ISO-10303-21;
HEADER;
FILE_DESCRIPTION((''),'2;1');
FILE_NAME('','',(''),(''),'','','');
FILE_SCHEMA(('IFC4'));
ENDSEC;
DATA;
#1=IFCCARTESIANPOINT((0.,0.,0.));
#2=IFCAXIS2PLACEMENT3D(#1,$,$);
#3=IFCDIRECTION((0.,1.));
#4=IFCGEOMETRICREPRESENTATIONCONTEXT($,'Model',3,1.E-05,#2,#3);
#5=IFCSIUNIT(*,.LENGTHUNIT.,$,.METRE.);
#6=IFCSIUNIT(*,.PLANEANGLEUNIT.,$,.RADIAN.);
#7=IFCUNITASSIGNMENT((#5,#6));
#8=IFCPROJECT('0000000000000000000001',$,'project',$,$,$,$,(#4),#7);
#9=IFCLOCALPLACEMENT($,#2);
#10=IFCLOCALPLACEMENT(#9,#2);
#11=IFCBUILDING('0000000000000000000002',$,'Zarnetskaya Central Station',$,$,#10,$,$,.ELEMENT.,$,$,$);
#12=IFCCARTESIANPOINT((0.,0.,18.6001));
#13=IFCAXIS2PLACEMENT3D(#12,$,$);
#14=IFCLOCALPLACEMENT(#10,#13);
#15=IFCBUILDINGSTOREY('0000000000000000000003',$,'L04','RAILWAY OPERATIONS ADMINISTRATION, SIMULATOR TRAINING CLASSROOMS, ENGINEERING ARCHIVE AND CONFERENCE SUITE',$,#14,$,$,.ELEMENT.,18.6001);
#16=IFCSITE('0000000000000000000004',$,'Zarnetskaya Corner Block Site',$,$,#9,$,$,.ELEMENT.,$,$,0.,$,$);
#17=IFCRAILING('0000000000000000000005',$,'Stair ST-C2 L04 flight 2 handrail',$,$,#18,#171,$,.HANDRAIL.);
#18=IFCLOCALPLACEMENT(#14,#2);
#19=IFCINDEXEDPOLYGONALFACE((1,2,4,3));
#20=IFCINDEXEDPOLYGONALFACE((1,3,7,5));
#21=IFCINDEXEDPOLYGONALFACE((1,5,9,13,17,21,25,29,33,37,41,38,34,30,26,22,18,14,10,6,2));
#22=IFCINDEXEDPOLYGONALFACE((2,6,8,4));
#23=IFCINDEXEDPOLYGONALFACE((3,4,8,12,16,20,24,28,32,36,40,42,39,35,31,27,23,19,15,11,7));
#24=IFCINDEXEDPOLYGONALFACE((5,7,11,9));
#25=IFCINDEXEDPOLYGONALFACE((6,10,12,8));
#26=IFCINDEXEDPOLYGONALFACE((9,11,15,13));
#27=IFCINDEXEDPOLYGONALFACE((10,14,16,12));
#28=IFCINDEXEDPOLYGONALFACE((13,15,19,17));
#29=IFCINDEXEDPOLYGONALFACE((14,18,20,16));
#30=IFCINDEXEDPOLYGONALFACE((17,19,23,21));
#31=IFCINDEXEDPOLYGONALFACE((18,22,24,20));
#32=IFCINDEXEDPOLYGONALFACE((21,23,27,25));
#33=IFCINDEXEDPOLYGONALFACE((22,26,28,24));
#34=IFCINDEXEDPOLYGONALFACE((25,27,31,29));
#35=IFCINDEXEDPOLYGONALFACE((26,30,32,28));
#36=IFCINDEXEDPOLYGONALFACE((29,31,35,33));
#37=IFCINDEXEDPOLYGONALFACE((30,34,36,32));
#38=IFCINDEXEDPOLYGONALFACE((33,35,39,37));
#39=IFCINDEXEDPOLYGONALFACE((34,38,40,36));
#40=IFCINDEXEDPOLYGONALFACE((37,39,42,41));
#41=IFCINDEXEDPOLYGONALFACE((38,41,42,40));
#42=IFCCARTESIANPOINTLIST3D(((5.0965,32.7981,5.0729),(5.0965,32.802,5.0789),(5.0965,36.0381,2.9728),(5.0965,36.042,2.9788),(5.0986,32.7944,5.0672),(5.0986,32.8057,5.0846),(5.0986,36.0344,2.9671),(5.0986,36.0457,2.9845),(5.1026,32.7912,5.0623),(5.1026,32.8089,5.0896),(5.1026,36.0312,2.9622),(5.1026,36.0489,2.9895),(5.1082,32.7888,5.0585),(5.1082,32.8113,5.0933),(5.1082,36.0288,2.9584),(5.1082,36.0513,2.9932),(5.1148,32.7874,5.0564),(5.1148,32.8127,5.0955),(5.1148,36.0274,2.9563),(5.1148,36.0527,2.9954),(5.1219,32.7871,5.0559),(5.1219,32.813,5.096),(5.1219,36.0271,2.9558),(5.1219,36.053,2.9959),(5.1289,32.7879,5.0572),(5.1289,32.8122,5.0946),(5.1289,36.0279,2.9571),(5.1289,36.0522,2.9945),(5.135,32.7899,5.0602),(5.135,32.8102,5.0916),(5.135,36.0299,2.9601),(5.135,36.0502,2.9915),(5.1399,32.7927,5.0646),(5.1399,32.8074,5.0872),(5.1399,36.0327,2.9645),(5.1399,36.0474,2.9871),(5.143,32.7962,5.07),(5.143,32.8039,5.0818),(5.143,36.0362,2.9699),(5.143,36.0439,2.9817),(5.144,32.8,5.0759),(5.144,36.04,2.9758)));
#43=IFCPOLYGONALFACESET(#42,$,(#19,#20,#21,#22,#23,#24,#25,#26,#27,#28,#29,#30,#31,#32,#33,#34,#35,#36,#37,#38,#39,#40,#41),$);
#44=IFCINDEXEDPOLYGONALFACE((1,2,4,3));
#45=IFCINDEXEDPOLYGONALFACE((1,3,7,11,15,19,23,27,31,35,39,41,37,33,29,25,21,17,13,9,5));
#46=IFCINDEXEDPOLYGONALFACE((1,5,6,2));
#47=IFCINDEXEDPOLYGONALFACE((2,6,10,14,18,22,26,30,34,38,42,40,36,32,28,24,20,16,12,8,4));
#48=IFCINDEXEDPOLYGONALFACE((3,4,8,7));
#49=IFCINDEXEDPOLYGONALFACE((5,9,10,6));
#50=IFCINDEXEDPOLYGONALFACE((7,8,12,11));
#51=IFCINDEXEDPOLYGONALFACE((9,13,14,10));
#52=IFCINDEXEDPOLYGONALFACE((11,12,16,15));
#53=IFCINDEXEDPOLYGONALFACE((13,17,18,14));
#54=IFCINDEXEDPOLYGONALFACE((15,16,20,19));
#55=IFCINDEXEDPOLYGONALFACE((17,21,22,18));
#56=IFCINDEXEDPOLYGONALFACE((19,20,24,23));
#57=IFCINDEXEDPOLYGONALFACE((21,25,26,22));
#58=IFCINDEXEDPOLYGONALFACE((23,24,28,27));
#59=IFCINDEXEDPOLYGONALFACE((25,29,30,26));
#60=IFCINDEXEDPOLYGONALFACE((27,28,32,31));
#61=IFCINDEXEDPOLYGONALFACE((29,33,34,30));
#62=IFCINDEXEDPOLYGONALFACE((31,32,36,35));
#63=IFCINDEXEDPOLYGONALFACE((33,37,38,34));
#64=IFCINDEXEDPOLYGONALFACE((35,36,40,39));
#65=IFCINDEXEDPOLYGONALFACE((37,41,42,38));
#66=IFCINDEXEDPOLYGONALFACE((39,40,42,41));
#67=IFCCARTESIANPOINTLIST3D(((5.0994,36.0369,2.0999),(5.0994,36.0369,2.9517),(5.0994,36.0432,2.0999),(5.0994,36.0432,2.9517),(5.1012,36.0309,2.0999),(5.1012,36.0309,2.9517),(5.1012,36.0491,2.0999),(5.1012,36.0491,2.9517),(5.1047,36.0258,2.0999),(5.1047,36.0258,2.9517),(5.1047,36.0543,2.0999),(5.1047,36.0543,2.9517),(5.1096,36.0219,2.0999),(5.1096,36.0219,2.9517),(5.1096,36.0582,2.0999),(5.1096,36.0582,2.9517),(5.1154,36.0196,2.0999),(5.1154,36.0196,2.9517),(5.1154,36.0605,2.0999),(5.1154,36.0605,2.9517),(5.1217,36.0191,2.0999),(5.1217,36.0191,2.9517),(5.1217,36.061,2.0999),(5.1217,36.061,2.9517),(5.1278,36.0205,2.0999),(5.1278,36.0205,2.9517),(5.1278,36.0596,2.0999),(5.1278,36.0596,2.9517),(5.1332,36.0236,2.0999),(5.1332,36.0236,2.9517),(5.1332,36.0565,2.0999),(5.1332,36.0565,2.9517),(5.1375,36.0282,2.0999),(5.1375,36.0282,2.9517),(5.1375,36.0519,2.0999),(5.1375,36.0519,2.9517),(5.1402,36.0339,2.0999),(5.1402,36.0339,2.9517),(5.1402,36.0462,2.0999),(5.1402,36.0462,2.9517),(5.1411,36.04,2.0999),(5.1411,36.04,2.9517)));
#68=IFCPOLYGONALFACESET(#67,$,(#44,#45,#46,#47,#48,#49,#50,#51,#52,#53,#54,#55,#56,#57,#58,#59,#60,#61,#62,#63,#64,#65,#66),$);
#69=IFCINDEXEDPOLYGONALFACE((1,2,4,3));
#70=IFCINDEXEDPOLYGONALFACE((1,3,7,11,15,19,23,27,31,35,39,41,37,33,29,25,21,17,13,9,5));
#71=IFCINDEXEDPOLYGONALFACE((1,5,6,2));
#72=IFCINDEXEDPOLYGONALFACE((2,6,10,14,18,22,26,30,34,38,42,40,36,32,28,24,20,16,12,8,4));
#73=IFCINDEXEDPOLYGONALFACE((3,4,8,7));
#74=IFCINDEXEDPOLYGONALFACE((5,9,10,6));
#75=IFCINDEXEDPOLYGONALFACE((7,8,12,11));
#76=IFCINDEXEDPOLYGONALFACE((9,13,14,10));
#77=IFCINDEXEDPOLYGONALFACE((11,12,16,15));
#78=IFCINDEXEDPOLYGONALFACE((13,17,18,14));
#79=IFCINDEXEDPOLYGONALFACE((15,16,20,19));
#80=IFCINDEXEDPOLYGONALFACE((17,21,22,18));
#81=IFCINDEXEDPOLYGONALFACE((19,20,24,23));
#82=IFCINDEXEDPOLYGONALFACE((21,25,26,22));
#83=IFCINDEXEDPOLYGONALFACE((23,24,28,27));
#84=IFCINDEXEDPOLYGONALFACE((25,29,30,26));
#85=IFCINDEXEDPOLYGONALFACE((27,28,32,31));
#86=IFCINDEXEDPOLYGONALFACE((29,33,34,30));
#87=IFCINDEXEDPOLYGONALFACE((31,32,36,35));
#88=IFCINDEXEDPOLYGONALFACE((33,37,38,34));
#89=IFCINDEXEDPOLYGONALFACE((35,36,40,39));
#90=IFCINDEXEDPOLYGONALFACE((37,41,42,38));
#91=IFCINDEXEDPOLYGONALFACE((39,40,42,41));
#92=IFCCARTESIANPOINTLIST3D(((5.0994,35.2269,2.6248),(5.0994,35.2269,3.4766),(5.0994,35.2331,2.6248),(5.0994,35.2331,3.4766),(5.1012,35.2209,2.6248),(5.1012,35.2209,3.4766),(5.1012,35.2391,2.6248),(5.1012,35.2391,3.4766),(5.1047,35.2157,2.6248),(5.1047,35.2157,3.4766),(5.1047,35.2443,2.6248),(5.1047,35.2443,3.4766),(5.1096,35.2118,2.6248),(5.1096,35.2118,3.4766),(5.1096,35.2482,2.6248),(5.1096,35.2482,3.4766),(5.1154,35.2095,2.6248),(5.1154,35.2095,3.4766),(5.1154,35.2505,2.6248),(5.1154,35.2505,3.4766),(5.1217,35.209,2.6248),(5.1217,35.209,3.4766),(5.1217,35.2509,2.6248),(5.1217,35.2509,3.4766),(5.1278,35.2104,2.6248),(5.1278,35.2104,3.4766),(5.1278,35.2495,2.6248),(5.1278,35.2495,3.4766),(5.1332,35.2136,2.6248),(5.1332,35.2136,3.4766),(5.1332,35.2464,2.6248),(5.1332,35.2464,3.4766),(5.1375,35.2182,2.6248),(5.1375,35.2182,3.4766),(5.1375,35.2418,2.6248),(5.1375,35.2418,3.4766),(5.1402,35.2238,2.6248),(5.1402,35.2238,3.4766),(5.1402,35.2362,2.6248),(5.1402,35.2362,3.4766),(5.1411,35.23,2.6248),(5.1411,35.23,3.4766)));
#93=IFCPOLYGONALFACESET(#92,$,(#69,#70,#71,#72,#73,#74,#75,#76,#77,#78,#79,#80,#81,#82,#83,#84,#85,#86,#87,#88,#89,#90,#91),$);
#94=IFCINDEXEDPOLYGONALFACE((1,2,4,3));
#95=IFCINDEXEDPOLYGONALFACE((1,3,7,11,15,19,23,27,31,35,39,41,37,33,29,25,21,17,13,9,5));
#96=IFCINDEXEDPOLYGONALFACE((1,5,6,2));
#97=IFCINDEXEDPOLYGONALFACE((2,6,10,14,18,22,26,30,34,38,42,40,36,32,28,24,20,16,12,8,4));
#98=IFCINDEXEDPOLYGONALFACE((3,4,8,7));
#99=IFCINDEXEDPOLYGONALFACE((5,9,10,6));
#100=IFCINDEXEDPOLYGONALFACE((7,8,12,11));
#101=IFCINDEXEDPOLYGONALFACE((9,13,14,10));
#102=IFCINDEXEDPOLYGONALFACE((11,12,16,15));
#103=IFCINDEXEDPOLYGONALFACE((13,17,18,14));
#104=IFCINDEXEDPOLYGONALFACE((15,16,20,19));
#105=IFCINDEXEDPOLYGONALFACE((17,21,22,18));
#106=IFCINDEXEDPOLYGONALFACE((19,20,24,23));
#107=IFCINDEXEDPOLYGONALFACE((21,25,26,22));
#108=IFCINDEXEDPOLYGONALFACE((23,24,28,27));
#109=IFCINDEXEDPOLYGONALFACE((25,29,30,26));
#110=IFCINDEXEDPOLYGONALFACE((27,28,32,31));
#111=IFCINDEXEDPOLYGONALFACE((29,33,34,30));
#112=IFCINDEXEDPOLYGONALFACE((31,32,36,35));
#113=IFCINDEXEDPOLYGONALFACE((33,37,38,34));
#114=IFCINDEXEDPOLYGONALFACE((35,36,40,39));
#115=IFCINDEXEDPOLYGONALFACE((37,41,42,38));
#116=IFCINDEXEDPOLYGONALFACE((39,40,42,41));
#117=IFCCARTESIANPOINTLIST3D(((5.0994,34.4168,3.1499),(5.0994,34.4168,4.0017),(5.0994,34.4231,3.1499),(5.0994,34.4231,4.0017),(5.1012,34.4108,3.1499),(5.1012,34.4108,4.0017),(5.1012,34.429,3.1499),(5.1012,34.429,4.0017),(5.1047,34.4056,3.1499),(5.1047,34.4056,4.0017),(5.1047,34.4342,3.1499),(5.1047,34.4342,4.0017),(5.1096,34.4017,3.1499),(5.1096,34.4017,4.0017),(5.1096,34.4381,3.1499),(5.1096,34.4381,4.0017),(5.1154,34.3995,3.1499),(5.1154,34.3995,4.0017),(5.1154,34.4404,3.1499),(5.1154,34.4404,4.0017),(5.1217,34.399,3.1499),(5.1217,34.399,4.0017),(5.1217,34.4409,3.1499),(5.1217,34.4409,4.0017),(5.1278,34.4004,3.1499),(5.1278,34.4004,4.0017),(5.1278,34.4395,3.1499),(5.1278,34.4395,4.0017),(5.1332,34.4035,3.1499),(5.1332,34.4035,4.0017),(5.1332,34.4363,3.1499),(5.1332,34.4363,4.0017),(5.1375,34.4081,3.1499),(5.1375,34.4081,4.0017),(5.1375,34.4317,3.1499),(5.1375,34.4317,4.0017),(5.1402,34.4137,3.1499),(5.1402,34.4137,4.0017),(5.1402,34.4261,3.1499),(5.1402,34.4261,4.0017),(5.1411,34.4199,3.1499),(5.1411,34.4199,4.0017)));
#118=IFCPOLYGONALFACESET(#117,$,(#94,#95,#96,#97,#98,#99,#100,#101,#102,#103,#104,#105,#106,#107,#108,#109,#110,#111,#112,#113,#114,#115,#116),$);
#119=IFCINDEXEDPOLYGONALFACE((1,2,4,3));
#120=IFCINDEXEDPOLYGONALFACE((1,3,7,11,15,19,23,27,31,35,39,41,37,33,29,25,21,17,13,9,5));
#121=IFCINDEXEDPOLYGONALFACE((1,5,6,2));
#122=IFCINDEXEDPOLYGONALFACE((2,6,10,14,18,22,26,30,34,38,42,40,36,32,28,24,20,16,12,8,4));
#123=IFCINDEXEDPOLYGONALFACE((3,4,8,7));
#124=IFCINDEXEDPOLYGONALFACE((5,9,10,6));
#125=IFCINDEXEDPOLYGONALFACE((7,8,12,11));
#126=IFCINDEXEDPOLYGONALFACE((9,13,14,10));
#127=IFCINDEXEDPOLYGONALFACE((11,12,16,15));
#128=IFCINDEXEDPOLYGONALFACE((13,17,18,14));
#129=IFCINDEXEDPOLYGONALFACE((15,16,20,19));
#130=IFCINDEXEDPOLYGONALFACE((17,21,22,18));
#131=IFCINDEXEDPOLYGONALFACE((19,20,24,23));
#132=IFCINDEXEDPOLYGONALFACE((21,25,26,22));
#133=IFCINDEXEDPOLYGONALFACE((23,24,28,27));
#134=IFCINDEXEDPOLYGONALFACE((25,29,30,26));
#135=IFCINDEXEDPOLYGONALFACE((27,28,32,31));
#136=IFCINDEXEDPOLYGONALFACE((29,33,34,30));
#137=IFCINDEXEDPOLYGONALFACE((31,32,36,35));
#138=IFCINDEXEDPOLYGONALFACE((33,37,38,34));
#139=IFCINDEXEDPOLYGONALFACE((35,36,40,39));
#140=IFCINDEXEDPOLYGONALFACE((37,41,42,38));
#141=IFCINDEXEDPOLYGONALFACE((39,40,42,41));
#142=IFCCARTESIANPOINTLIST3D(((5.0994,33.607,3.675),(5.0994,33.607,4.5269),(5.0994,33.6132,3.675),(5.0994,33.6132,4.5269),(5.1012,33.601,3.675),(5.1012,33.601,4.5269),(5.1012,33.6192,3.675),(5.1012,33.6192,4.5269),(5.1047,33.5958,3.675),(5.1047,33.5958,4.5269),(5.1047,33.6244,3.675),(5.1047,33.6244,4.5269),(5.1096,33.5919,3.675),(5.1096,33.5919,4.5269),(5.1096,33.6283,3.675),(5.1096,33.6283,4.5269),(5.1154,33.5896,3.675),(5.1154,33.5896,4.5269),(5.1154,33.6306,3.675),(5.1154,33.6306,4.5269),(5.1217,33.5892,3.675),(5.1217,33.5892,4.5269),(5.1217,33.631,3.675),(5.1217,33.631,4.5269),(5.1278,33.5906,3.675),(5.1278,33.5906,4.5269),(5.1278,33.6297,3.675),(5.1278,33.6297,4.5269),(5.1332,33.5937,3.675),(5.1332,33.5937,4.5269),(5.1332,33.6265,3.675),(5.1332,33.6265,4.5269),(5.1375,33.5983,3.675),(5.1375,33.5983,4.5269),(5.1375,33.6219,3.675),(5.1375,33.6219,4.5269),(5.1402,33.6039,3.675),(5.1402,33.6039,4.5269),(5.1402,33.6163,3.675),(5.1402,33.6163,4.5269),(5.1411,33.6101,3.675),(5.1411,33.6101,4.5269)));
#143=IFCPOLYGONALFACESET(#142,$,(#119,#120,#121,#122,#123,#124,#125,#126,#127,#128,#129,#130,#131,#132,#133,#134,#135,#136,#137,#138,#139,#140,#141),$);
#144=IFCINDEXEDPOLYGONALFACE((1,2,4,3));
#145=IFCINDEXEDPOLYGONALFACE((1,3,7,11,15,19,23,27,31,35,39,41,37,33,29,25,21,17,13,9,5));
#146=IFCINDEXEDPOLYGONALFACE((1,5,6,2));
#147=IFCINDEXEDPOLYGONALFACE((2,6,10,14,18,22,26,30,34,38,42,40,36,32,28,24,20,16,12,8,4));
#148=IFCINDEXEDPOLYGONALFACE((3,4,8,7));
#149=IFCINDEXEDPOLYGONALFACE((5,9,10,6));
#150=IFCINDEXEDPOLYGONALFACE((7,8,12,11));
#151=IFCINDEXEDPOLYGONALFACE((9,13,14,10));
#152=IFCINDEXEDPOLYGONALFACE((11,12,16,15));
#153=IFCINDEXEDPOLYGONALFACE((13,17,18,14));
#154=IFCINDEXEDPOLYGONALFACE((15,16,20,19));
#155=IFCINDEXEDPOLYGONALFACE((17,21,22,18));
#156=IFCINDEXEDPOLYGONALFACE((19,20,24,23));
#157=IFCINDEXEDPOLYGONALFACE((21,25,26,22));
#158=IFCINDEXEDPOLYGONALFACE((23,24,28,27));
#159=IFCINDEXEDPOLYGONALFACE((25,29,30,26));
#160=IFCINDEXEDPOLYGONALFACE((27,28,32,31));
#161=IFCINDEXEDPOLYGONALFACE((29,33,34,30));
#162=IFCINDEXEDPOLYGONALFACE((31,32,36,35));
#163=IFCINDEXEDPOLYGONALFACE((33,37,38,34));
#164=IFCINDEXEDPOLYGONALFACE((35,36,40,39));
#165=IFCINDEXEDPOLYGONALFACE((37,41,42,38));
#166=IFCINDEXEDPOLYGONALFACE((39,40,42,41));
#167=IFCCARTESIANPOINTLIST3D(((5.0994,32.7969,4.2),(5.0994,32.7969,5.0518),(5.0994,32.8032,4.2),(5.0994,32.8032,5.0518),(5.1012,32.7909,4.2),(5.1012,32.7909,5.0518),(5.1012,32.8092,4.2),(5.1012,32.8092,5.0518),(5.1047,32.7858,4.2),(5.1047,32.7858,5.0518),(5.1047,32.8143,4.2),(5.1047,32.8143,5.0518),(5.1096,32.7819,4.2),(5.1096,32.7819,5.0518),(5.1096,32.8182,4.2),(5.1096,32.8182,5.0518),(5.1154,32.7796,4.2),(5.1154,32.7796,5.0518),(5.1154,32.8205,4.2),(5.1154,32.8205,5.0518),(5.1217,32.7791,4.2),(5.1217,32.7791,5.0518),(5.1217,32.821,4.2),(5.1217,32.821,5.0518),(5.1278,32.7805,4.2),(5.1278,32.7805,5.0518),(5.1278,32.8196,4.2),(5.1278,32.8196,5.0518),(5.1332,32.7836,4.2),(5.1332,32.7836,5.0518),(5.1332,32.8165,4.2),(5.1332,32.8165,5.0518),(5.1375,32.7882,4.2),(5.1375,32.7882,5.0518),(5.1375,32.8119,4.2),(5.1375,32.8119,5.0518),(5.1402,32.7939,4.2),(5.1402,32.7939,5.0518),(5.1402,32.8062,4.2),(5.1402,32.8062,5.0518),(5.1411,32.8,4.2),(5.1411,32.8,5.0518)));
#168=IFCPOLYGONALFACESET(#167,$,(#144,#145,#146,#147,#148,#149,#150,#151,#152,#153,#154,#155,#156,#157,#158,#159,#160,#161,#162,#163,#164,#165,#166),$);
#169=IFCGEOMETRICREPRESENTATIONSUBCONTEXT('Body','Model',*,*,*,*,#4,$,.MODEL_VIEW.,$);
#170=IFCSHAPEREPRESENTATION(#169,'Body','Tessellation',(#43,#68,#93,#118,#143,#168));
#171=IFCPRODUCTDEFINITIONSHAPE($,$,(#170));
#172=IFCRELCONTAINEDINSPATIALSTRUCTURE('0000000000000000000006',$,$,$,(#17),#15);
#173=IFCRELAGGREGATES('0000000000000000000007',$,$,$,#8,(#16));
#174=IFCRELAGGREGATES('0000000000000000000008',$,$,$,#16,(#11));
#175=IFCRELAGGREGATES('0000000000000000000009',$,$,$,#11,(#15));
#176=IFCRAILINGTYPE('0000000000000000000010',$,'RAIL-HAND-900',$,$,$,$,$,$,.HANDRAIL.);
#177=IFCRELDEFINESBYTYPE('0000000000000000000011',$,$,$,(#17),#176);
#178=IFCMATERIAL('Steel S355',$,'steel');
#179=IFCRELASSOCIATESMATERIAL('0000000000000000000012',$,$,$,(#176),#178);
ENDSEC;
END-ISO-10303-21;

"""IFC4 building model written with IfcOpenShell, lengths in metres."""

from ifc_helpers import new_model, si_unit, direction, frame, origin, origin_2d, place, context, subcontext, project, spatial, circle, extrude, material, type_object, element, save


model = new_model("IFC4")

# Units and contexts
model_context = context("Model", 3, precision=1e-05, world=origin(), true_north=direction((0.0, 1.0)))
body_context = subcontext(model_context, "Body", "Model", "MODEL_VIEW")
ifc_project = project(units=[si_unit("LENGTHUNIT", "METRE"), si_unit("PLANEANGLEUNIT", "RADIAN")], contexts=[model_context])

# Site, building, storey
site_placement = place(None, origin())
site = spatial("IfcSite", under=ifc_project, at=site_placement, Name="Zarnetskaya Corner Block Site", CompositionType="ELEMENT", RefElevation=0.0)
building_placement = place(site_placement, origin())
building = spatial("IfcBuilding", under=site, at=building_placement, Name="Zarnetskaya Central Station", CompositionType="ELEMENT")
storey_placement = place(building_placement, frame((0.0, 0.0, 18.6001)))
storey = spatial("IfcBuildingStorey", under=building, at=storey_placement, Name="L04", Description="RAILWAY OPERATIONS ADMINISTRATION, SIMULATOR TRAINING CLASSROOMS, ENGINEERING ARCHIVE AND CONFERENCE SUITE", CompositionType="ELEMENT", Elevation=18.6001)

# Railing
ifc_material_1 = material(Name="Steel S355", Category="steel")
railing_type_1 = type_object("IfcRailingType", Name="RAIL-HAND-900", PredefinedType="HANDRAIL", material=ifc_material_1)
railing_1_placement = place(storey_placement, frame((5.1201, 36.04, 2.0999)))
element("IfcRailing", 1, at=railing_1_placement, inside=storey, type_object=railing_type_1, Name="Stair ST-C2 L04 flight 2 handrail", PredefinedType="HANDRAIL", context=body_context, shape_type="SweptSolid", body=[
    extrude(circle(Radius=0.0239, at=origin_2d()), frame((0.0, 0.0, 0.876), z_axis=(0.0, -0.839141, 0.543914), x_axis=(1.0, 0.0, 0.0)), (0.0, 0.0, 1.0), 3.8611),
    extrude(circle(Radius=0.021, at=origin_2d()), origin(), (0.0, 0.0, 1.0), 0.8518),
    extrude(circle(Radius=0.021, at=origin_2d()), frame((0.0, -0.8101, 0.5249)), (0.0, 0.0, 1.0), 0.8518),
    extrude(circle(Radius=0.021, at=origin_2d()), frame((0.0, -1.6201, 1.05)), (0.0, 0.0, 1.0), 0.8518),
    extrude(circle(Radius=0.021, at=origin_2d()), frame((0.0, -2.4299, 1.5752)), (0.0, 0.0, 1.0), 0.8518),
    extrude(circle(Radius=0.021, at=origin_2d()), frame((0.0, -3.24, 2.1001)), (0.0, 0.0, 1.0), 0.8518),
])

save(model, "model.ifc")
